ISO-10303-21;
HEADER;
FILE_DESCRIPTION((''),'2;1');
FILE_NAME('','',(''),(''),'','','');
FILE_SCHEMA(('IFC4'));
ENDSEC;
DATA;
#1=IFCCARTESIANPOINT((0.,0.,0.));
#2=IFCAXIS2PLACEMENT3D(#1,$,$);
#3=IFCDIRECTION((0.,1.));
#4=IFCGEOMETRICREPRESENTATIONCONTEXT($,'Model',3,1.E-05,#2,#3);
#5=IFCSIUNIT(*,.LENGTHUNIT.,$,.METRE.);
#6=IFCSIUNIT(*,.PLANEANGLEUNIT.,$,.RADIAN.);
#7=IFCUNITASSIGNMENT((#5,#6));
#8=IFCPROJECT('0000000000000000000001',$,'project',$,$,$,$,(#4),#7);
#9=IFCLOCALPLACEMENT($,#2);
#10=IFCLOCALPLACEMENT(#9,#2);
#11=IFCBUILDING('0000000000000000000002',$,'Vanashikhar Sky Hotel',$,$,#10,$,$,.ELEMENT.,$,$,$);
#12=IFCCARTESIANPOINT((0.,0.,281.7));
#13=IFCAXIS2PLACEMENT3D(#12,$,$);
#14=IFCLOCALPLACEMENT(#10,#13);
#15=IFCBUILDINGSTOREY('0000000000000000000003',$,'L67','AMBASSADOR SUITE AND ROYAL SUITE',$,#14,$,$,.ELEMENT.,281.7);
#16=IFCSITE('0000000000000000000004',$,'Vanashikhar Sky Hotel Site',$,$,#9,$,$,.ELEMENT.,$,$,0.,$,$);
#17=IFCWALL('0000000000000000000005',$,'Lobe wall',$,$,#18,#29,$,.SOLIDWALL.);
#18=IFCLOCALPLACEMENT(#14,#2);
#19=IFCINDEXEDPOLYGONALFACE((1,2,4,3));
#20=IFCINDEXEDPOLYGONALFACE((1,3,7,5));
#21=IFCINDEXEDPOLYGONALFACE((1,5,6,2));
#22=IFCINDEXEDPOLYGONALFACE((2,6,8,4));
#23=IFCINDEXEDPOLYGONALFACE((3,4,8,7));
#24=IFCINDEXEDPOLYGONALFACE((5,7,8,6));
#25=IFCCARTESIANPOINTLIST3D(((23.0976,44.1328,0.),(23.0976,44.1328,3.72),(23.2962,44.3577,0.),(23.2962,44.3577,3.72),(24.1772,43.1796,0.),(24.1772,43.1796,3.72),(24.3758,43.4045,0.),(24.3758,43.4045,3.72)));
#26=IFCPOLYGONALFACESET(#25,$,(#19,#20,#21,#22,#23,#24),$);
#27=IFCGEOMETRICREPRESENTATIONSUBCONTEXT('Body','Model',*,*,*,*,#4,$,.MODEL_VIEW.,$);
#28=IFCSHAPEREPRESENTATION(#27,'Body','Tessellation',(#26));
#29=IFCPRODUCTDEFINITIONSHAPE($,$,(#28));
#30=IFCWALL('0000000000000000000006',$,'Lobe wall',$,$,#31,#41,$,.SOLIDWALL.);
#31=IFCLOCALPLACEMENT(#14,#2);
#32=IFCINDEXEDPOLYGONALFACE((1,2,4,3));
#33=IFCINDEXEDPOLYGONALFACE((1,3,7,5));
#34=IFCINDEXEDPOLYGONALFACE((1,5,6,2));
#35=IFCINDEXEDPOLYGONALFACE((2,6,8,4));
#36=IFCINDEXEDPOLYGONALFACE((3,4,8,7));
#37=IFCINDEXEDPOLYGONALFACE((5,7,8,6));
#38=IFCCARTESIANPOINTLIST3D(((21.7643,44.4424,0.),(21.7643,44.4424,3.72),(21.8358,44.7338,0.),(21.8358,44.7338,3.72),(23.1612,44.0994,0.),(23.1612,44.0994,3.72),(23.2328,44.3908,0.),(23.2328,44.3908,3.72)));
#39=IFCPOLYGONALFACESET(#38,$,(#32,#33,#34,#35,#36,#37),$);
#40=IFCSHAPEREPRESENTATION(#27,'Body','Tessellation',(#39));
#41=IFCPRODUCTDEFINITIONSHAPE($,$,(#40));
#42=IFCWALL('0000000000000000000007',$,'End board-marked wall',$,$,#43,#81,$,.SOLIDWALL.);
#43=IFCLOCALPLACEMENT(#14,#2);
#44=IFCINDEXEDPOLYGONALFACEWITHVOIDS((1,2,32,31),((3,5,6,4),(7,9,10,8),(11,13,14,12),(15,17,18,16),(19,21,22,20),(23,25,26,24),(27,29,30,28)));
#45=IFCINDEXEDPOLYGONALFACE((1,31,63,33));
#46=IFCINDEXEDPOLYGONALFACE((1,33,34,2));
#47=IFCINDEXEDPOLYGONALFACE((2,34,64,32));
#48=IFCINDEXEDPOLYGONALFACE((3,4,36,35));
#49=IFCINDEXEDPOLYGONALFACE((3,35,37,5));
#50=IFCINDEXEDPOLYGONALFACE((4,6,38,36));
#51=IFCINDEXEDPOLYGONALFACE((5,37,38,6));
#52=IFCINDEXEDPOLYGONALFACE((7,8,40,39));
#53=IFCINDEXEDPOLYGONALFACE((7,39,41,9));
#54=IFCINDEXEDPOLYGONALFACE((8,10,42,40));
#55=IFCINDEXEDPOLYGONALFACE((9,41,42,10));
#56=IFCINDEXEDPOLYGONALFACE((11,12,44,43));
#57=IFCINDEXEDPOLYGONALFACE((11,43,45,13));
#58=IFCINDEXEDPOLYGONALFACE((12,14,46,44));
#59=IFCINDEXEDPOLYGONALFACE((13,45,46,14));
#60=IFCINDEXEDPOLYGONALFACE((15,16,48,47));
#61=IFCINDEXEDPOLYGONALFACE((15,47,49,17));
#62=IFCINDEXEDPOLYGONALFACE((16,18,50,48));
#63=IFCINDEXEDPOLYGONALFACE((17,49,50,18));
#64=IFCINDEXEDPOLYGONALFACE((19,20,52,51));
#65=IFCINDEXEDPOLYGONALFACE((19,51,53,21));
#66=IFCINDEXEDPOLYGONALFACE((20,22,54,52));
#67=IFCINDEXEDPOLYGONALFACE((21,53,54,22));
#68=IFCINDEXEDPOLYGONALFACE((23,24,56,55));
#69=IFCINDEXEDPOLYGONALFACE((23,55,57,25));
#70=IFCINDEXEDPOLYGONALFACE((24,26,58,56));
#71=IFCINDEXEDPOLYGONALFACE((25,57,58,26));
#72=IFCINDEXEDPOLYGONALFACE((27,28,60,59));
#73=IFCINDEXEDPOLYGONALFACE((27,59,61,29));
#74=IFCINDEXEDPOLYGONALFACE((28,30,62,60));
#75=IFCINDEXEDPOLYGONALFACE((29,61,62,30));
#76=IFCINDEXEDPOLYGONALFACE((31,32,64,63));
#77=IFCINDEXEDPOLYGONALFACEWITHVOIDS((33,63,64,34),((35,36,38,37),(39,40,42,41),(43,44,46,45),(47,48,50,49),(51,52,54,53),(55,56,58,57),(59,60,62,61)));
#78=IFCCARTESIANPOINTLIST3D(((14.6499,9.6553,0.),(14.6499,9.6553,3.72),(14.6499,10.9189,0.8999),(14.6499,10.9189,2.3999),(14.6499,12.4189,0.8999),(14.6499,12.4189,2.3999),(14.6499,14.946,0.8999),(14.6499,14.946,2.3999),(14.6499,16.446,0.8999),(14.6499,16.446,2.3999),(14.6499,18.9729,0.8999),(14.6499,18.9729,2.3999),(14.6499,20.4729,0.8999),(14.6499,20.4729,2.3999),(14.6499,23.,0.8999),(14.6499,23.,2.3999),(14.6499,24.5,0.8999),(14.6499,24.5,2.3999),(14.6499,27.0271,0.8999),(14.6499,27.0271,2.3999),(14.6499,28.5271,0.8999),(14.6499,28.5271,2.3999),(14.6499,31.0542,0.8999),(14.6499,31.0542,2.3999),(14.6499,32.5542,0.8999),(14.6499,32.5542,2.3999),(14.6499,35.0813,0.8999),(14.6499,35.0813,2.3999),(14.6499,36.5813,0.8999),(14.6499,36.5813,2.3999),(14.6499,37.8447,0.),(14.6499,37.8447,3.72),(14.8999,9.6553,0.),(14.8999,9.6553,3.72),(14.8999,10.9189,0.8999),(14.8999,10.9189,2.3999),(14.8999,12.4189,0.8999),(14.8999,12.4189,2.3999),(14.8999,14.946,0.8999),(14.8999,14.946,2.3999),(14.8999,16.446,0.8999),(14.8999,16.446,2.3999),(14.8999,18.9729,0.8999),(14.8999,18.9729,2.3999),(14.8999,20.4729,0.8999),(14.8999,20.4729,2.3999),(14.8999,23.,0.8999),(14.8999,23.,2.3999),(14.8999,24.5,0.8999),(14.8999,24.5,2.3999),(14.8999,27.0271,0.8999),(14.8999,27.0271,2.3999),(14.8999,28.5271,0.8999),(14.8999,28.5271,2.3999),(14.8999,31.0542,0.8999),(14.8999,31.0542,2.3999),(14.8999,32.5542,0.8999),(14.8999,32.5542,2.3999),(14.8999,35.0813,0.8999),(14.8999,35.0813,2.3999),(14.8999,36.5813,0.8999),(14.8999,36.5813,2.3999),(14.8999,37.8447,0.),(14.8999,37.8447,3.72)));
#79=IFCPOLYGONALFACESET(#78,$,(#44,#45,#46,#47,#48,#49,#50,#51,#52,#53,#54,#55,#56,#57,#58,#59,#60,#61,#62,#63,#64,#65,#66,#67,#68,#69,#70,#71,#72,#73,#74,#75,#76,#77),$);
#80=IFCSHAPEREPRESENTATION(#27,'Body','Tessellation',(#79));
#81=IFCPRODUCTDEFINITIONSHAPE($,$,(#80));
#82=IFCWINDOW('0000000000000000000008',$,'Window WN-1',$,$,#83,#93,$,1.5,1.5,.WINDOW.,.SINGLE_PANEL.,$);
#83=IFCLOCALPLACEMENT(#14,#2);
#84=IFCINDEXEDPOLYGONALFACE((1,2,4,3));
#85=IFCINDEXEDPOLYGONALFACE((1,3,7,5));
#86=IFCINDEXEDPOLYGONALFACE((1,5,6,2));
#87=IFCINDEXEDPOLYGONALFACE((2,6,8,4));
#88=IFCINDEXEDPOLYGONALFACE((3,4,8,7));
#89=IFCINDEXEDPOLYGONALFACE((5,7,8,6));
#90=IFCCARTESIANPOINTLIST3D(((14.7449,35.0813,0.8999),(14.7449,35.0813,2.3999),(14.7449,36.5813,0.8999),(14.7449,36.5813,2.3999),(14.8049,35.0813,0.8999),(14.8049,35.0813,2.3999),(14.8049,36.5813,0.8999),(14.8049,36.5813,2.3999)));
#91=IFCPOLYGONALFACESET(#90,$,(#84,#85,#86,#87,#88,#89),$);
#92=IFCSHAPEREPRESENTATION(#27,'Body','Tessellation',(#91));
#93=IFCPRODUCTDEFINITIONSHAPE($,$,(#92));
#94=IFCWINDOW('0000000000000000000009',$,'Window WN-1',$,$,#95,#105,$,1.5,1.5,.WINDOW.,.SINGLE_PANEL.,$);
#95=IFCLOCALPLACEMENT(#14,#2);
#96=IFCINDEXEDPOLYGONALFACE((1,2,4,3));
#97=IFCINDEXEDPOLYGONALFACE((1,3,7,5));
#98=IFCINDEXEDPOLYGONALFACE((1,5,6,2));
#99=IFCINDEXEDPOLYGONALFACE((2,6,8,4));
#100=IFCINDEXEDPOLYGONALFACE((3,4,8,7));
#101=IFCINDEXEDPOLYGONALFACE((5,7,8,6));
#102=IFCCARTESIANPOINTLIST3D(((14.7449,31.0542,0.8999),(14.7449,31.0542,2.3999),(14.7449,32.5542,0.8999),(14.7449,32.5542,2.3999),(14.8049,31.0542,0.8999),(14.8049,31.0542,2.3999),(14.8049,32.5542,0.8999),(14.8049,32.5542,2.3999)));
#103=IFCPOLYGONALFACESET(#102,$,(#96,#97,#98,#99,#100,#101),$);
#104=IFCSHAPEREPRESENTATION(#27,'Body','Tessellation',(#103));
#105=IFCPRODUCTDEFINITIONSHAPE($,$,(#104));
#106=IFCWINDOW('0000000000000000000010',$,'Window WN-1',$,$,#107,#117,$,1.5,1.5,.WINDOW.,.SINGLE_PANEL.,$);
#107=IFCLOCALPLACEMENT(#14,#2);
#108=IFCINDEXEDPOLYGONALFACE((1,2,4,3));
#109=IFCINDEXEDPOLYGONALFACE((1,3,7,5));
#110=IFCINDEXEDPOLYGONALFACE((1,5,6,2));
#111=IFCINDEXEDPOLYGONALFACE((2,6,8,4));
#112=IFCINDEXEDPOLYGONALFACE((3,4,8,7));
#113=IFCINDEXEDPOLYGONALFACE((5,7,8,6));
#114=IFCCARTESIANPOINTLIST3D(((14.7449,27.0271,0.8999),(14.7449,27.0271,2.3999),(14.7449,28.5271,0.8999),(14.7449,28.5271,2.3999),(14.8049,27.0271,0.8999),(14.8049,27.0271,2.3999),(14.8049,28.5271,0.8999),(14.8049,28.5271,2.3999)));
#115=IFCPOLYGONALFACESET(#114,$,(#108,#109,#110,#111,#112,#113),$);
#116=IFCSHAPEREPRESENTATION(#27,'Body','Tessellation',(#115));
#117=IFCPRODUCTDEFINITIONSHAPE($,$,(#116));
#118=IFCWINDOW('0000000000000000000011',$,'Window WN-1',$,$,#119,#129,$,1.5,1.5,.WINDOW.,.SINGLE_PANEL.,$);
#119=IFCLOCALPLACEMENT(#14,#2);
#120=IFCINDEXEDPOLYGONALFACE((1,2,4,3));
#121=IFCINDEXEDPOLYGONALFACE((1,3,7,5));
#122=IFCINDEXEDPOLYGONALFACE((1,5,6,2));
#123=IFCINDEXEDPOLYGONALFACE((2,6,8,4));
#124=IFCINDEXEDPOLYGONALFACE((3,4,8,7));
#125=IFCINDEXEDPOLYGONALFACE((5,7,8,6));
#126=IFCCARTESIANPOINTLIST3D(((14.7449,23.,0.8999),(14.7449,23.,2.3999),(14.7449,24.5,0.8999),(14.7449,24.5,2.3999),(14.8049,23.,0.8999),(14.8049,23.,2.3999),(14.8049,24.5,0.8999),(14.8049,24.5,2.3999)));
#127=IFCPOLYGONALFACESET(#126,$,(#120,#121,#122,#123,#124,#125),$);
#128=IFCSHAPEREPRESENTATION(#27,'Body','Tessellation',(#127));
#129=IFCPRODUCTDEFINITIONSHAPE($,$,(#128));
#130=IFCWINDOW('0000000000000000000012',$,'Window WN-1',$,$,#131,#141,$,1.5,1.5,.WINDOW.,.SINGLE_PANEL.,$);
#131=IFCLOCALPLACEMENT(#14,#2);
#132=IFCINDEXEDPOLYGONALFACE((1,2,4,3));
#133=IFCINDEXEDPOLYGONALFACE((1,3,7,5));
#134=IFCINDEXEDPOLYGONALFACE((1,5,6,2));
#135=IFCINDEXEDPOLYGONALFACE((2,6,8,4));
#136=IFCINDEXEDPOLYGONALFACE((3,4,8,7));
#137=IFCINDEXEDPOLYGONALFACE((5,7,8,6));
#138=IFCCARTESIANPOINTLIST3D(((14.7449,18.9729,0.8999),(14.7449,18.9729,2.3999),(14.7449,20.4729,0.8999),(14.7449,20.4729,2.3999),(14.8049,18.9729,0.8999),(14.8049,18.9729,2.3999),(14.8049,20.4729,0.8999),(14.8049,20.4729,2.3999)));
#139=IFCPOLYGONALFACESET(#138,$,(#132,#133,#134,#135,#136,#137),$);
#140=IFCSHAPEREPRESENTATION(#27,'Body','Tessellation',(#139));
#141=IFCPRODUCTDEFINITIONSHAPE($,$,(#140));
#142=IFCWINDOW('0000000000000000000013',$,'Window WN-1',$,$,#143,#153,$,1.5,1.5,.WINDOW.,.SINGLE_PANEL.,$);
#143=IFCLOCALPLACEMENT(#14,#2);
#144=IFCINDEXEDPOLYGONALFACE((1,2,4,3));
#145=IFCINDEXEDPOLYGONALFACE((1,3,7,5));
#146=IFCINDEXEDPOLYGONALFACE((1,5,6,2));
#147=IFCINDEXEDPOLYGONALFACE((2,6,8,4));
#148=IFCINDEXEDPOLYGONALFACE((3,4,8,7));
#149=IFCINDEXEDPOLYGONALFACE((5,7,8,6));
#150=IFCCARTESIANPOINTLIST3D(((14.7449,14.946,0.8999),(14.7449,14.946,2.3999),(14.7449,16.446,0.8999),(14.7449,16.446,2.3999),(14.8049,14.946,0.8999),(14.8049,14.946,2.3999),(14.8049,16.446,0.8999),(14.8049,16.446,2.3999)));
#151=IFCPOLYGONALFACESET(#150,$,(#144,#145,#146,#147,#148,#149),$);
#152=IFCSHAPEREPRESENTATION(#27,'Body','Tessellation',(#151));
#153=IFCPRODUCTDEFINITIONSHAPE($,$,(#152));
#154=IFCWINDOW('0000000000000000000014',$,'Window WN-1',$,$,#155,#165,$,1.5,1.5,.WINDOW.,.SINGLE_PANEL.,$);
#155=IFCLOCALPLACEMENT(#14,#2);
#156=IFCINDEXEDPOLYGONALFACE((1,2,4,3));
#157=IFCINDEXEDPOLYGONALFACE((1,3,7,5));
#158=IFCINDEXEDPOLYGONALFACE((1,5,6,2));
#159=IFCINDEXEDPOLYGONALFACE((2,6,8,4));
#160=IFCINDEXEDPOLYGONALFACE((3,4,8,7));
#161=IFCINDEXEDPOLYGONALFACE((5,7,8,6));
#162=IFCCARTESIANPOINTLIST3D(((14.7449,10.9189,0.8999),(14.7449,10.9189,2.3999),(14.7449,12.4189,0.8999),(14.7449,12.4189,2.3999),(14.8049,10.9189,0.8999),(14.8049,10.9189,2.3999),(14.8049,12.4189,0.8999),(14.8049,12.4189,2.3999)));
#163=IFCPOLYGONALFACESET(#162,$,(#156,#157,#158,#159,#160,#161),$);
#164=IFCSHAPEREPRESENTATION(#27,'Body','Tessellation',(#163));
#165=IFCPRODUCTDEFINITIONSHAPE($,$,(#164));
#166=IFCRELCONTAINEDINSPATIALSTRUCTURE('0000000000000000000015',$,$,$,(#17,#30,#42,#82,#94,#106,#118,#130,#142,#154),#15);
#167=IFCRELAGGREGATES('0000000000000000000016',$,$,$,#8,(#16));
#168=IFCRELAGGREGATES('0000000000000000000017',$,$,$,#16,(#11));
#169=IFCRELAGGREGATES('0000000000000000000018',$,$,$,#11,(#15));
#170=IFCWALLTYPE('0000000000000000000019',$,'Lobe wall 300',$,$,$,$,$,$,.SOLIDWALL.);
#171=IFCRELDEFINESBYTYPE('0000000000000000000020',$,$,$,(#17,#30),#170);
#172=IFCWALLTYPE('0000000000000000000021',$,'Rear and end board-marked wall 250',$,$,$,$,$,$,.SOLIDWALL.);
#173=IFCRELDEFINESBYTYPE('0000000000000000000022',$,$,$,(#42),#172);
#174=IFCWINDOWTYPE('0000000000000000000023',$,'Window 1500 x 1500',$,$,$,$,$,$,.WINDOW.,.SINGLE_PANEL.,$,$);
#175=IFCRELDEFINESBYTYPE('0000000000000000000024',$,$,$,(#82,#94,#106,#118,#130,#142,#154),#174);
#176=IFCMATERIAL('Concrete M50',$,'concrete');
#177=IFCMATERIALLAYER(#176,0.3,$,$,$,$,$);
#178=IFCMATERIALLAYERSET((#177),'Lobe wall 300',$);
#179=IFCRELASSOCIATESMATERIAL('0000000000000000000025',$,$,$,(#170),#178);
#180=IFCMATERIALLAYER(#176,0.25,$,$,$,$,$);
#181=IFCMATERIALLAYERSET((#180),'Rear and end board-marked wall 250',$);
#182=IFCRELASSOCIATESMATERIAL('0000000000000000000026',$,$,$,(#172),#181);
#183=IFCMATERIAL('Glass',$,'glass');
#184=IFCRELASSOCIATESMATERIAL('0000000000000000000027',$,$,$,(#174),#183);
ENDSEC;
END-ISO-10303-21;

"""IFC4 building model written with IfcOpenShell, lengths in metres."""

from ifc_helpers import new_model, si_unit, direction, frame, frame_2d, origin, place, context, subcontext, project, spatial, rectangle, extrude, source, transform, mapped, material, layer, layer_set, type_object, element, fill, save


model = new_model("IFC4")

# Units and contexts
model_context = context("Model", 3, precision=1e-05, world=origin(), true_north=direction((0.0, 1.0)))
body_context = subcontext(model_context, "Body", "Model", "MODEL_VIEW")
ifc_project = project(units=[si_unit("LENGTHUNIT", "METRE"), si_unit("PLANEANGLEUNIT", "RADIAN")], contexts=[model_context])

# Site, building, storey
site_placement = place(None, origin())
site = spatial("IfcSite", under=ifc_project, at=site_placement, Name="Vanashikhar Sky Hotel Site", CompositionType="ELEMENT", RefElevation=0.0)
building_placement = place(site_placement, origin())
building = spatial("IfcBuilding", under=site, at=building_placement, Name="Vanashikhar Sky Hotel", CompositionType="ELEMENT")
storey_placement = place(building_placement, frame((0.0, 0.0, 281.7)))
storey = spatial("IfcBuildingStorey", under=building, at=storey_placement, Name="L67", Description="AMBASSADOR SUITE AND ROYAL SUITE", CompositionType="ELEMENT", Elevation=281.7)

# Shared definitions
ifc_material_1 = material(Name="Concrete M50", Category="concrete")

# Shared definitions
ifc_layer_1 = layer(ifc_material_1, 0.3)
ifc_layer_set_1 = layer_set([ifc_layer_1], Name="Lobe wall 300")
wall_type_1 = type_object("IfcWallType", Name="Lobe wall 300", PredefinedType="SOLIDWALL", material=ifc_layer_set_1)
ifc_material_2 = material(Name="Glass", Category="glass")

# Walls
shared_shape_1 = source(origin(), body_context, "Body", "SweptSolid", [
    extrude(rectangle(XDim=1.4402, YDim=0.3, at=frame_2d((0.7202, 0.0))), origin(), (0.0, 0.0, 1.0), 3.72),
])
wall_1_placement = place(storey_placement, frame((24.2766, 43.292, 0.0), z_axis=(0.0, 0.0, 1.0), x_axis=(-0.74965, 0.661835, 0.0)))
element("IfcWall", 1, at=wall_1_placement, inside=storey, type_object=wall_type_1, Name="Lobe wall", PredefinedType="SOLIDWALL", context=body_context, shape_type="MappedRepresentation", body=[
    mapped(shared_shape_1, transform((0.0, 0.0, 0.0), scale=1.0)),
])
shared_shape_2 = source(origin(), body_context, "Body", "SweptSolid", [
    extrude(rectangle(XDim=1.4385, YDim=0.3, at=frame_2d((0.7192, 0.0))), origin(), (0.0, 0.0, 1.0), 3.72),
])
wall_2_placement = place(storey_placement, frame((23.197, 44.2451, 0.0), z_axis=(0.0, 0.0, 1.0), x_axis=(-0.971152, 0.23846, 0.0)))
element("IfcWall", 2, at=wall_2_placement, inside=storey, type_object=wall_type_1, Name="Lobe wall", PredefinedType="SOLIDWALL", context=body_context, shape_type="MappedRepresentation", body=[
    mapped(shared_shape_2, transform((0.0, 0.0, 0.0), scale=1.0)),
])

# Wall, openings, windows
ifc_layer_2 = layer(ifc_material_1, 0.25)
ifc_layer_set_2 = layer_set([ifc_layer_2], Name="Rear and end board-marked wall 250")
wall_type_2 = type_object("IfcWallType", Name="Rear and end board-marked wall 250", PredefinedType="SOLIDWALL", material=ifc_layer_set_2)
shared_shape_3 = source(origin(), body_context, "Body", "SweptSolid", [
    extrude(rectangle(XDim=28.1895, YDim=0.25, at=frame_2d((14.0947, 0.0))), origin(), (0.0, 0.0, 1.0), 3.72),
])
wall_3_placement = place(storey_placement, frame((14.7749, 37.8447, 0.0), z_axis=(0.0, 0.0, 1.0), x_axis=(0.0, -1.0, 0.0)))
wall_3 = element("IfcWall", 3, at=wall_3_placement, inside=storey, type_object=wall_type_2, Name="End board-marked wall", PredefinedType="SOLIDWALL", context=body_context, shape_type="MappedRepresentation", body=[
    mapped(shared_shape_3, transform((0.0, 0.0, 0.0), scale=1.0)),
])
shared_shape_4 = source(origin(), body_context, "Body", "SweptSolid", [
    extrude(rectangle(XDim=1.5, YDim=1.5, at=frame_2d((0.75, 0.75))), frame((0.0, 0.135, 0.0), z_axis=(0.0, -1.0, 0.0), x_axis=(1.0, 0.0, 0.0)), (0.0, 0.0, 1.0), 0.27),
])
opening_1_placement = place(wall_3_placement, frame((1.2634, 0.0, 0.8999)))
opening_1 = element("IfcOpeningElement", 4, at=opening_1_placement, cuts=wall_3, PredefinedType="OPENING", context=body_context, shape_type="MappedRepresentation", body=[
    mapped(shared_shape_4, transform((0.0, 0.0, 0.0), scale=1.0)),
])
opening_2_placement = place(wall_3_placement, frame((5.2905, 0.0, 0.8999)))
opening_2 = element("IfcOpeningElement", 5, at=opening_2_placement, cuts=wall_3, PredefinedType="OPENING", context=body_context, shape_type="MappedRepresentation", body=[
    mapped(shared_shape_4, transform((0.0, 0.0, 0.0), scale=1.0)),
])
opening_3_placement = place(wall_3_placement, frame((9.3176, 0.0, 0.8999)))
opening_3 = element("IfcOpeningElement", 6, at=opening_3_placement, cuts=wall_3, PredefinedType="OPENING", context=body_context, shape_type="MappedRepresentation", body=[
    mapped(shared_shape_4, transform((0.0, 0.0, 0.0), scale=1.0)),
])
opening_4_placement = place(wall_3_placement, frame((13.3447, 0.0, 0.8999)))
opening_4 = element("IfcOpeningElement", 7, at=opening_4_placement, cuts=wall_3, PredefinedType="OPENING", context=body_context, shape_type="MappedRepresentation", body=[
    mapped(shared_shape_4, transform((0.0, 0.0, 0.0), scale=1.0)),
])
opening_5_placement = place(wall_3_placement, frame((17.3718, 0.0, 0.8999)))
opening_5 = element("IfcOpeningElement", 8, at=opening_5_placement, cuts=wall_3, PredefinedType="OPENING", context=body_context, shape_type="MappedRepresentation", body=[
    mapped(shared_shape_4, transform((0.0, 0.0, 0.0), scale=1.0)),
])
opening_6_placement = place(wall_3_placement, frame((21.3987, 0.0, 0.8999)))
opening_6 = element("IfcOpeningElement", 9, at=opening_6_placement, cuts=wall_3, PredefinedType="OPENING", context=body_context, shape_type="MappedRepresentation", body=[
    mapped(shared_shape_4, transform((0.0, 0.0, 0.0), scale=1.0)),
])
opening_7_placement = place(wall_3_placement, frame((25.4258, 0.0, 0.8999)))
opening_7 = element("IfcOpeningElement", 10, at=opening_7_placement, cuts=wall_3, PredefinedType="OPENING", context=body_context, shape_type="MappedRepresentation", body=[
    mapped(shared_shape_4, transform((0.0, 0.0, 0.0), scale=1.0)),
])
window_type_1 = type_object("IfcWindowType", Name="Window 1500 x 1500", PartitioningType="SINGLE_PANEL", PredefinedType="WINDOW", material=ifc_material_2)
shared_shape_5 = source(origin(), body_context, "Body", "SweptSolid", [
    extrude(rectangle(XDim=1.5, YDim=1.5, at=frame_2d((0.75, 0.75))), frame((0.0, 0.03, 0.0), z_axis=(0.0, -1.0, 0.0), x_axis=(1.0, 0.0, 0.0)), (0.0, 0.0, 1.0), 0.0601),
])
window_1_placement = place(opening_1_placement, origin())
window_1 = element("IfcWindow", 11, at=window_1_placement, inside=storey, type_object=window_type_1, Name="Window WN-1", OverallHeight=1.5, OverallWidth=1.5, PartitioningType="SINGLE_PANEL", PredefinedType="WINDOW", context=body_context, shape_type="MappedRepresentation", body=[
    mapped(shared_shape_5, transform((0.0, 0.0, 0.0), scale=1.0)),
])
fill(opening_1, window_1)
window_2_placement = place(opening_2_placement, origin())
window_2 = element("IfcWindow", 12, at=window_2_placement, inside=storey, type_object=window_type_1, Name="Window WN-1", OverallHeight=1.5, OverallWidth=1.5, PartitioningType="SINGLE_PANEL", PredefinedType="WINDOW", context=body_context, shape_type="MappedRepresentation", body=[
    mapped(shared_shape_5, transform((0.0, 0.0, 0.0), scale=1.0)),
])
fill(opening_2, window_2)
window_3_placement = place(opening_3_placement, origin())
window_3 = element("IfcWindow", 13, at=window_3_placement, inside=storey, type_object=window_type_1, Name="Window WN-1", OverallHeight=1.5, OverallWidth=1.5, PartitioningType="SINGLE_PANEL", PredefinedType="WINDOW", context=body_context, shape_type="MappedRepresentation", body=[
    mapped(shared_shape_5, transform((0.0, 0.0, 0.0), scale=1.0)),
])
fill(opening_3, window_3)
window_4_placement = place(opening_4_placement, origin())
window_4 = element("IfcWindow", 14, at=window_4_placement, inside=storey, type_object=window_type_1, Name="Window WN-1", OverallHeight=1.5, OverallWidth=1.5, PartitioningType="SINGLE_PANEL", PredefinedType="WINDOW", context=body_context, shape_type="MappedRepresentation", body=[
    mapped(shared_shape_5, transform((0.0, 0.0, 0.0), scale=1.0)),
])
fill(opening_4, window_4)
window_5_placement = place(opening_5_placement, origin())
window_5 = element("IfcWindow", 15, at=window_5_placement, inside=storey, type_object=window_type_1, Name="Window WN-1", OverallHeight=1.5, OverallWidth=1.5, PartitioningType="SINGLE_PANEL", PredefinedType="WINDOW", context=body_context, shape_type="MappedRepresentation", body=[
    mapped(shared_shape_5, transform((0.0, 0.0, 0.0), scale=1.0)),
])
fill(opening_5, window_5)
window_6_placement = place(opening_6_placement, origin())
window_6 = element("IfcWindow", 16, at=window_6_placement, inside=storey, type_object=window_type_1, Name="Window WN-1", OverallHeight=1.5, OverallWidth=1.5, PartitioningType="SINGLE_PANEL", PredefinedType="WINDOW", context=body_context, shape_type="MappedRepresentation", body=[
    mapped(shared_shape_5, transform((0.0, 0.0, 0.0), scale=1.0)),
])
fill(opening_6, window_6)
window_7_placement = place(opening_7_placement, origin())
window_7 = element("IfcWindow", 17, at=window_7_placement, inside=storey, type_object=window_type_1, Name="Window WN-1", OverallHeight=1.5, OverallWidth=1.5, PartitioningType="SINGLE_PANEL", PredefinedType="WINDOW", context=body_context, shape_type="MappedRepresentation", body=[
    mapped(shared_shape_5, transform((0.0, 0.0, 0.0), scale=1.0)),
])
fill(opening_7, window_7)

save(model, "model.ifc")
